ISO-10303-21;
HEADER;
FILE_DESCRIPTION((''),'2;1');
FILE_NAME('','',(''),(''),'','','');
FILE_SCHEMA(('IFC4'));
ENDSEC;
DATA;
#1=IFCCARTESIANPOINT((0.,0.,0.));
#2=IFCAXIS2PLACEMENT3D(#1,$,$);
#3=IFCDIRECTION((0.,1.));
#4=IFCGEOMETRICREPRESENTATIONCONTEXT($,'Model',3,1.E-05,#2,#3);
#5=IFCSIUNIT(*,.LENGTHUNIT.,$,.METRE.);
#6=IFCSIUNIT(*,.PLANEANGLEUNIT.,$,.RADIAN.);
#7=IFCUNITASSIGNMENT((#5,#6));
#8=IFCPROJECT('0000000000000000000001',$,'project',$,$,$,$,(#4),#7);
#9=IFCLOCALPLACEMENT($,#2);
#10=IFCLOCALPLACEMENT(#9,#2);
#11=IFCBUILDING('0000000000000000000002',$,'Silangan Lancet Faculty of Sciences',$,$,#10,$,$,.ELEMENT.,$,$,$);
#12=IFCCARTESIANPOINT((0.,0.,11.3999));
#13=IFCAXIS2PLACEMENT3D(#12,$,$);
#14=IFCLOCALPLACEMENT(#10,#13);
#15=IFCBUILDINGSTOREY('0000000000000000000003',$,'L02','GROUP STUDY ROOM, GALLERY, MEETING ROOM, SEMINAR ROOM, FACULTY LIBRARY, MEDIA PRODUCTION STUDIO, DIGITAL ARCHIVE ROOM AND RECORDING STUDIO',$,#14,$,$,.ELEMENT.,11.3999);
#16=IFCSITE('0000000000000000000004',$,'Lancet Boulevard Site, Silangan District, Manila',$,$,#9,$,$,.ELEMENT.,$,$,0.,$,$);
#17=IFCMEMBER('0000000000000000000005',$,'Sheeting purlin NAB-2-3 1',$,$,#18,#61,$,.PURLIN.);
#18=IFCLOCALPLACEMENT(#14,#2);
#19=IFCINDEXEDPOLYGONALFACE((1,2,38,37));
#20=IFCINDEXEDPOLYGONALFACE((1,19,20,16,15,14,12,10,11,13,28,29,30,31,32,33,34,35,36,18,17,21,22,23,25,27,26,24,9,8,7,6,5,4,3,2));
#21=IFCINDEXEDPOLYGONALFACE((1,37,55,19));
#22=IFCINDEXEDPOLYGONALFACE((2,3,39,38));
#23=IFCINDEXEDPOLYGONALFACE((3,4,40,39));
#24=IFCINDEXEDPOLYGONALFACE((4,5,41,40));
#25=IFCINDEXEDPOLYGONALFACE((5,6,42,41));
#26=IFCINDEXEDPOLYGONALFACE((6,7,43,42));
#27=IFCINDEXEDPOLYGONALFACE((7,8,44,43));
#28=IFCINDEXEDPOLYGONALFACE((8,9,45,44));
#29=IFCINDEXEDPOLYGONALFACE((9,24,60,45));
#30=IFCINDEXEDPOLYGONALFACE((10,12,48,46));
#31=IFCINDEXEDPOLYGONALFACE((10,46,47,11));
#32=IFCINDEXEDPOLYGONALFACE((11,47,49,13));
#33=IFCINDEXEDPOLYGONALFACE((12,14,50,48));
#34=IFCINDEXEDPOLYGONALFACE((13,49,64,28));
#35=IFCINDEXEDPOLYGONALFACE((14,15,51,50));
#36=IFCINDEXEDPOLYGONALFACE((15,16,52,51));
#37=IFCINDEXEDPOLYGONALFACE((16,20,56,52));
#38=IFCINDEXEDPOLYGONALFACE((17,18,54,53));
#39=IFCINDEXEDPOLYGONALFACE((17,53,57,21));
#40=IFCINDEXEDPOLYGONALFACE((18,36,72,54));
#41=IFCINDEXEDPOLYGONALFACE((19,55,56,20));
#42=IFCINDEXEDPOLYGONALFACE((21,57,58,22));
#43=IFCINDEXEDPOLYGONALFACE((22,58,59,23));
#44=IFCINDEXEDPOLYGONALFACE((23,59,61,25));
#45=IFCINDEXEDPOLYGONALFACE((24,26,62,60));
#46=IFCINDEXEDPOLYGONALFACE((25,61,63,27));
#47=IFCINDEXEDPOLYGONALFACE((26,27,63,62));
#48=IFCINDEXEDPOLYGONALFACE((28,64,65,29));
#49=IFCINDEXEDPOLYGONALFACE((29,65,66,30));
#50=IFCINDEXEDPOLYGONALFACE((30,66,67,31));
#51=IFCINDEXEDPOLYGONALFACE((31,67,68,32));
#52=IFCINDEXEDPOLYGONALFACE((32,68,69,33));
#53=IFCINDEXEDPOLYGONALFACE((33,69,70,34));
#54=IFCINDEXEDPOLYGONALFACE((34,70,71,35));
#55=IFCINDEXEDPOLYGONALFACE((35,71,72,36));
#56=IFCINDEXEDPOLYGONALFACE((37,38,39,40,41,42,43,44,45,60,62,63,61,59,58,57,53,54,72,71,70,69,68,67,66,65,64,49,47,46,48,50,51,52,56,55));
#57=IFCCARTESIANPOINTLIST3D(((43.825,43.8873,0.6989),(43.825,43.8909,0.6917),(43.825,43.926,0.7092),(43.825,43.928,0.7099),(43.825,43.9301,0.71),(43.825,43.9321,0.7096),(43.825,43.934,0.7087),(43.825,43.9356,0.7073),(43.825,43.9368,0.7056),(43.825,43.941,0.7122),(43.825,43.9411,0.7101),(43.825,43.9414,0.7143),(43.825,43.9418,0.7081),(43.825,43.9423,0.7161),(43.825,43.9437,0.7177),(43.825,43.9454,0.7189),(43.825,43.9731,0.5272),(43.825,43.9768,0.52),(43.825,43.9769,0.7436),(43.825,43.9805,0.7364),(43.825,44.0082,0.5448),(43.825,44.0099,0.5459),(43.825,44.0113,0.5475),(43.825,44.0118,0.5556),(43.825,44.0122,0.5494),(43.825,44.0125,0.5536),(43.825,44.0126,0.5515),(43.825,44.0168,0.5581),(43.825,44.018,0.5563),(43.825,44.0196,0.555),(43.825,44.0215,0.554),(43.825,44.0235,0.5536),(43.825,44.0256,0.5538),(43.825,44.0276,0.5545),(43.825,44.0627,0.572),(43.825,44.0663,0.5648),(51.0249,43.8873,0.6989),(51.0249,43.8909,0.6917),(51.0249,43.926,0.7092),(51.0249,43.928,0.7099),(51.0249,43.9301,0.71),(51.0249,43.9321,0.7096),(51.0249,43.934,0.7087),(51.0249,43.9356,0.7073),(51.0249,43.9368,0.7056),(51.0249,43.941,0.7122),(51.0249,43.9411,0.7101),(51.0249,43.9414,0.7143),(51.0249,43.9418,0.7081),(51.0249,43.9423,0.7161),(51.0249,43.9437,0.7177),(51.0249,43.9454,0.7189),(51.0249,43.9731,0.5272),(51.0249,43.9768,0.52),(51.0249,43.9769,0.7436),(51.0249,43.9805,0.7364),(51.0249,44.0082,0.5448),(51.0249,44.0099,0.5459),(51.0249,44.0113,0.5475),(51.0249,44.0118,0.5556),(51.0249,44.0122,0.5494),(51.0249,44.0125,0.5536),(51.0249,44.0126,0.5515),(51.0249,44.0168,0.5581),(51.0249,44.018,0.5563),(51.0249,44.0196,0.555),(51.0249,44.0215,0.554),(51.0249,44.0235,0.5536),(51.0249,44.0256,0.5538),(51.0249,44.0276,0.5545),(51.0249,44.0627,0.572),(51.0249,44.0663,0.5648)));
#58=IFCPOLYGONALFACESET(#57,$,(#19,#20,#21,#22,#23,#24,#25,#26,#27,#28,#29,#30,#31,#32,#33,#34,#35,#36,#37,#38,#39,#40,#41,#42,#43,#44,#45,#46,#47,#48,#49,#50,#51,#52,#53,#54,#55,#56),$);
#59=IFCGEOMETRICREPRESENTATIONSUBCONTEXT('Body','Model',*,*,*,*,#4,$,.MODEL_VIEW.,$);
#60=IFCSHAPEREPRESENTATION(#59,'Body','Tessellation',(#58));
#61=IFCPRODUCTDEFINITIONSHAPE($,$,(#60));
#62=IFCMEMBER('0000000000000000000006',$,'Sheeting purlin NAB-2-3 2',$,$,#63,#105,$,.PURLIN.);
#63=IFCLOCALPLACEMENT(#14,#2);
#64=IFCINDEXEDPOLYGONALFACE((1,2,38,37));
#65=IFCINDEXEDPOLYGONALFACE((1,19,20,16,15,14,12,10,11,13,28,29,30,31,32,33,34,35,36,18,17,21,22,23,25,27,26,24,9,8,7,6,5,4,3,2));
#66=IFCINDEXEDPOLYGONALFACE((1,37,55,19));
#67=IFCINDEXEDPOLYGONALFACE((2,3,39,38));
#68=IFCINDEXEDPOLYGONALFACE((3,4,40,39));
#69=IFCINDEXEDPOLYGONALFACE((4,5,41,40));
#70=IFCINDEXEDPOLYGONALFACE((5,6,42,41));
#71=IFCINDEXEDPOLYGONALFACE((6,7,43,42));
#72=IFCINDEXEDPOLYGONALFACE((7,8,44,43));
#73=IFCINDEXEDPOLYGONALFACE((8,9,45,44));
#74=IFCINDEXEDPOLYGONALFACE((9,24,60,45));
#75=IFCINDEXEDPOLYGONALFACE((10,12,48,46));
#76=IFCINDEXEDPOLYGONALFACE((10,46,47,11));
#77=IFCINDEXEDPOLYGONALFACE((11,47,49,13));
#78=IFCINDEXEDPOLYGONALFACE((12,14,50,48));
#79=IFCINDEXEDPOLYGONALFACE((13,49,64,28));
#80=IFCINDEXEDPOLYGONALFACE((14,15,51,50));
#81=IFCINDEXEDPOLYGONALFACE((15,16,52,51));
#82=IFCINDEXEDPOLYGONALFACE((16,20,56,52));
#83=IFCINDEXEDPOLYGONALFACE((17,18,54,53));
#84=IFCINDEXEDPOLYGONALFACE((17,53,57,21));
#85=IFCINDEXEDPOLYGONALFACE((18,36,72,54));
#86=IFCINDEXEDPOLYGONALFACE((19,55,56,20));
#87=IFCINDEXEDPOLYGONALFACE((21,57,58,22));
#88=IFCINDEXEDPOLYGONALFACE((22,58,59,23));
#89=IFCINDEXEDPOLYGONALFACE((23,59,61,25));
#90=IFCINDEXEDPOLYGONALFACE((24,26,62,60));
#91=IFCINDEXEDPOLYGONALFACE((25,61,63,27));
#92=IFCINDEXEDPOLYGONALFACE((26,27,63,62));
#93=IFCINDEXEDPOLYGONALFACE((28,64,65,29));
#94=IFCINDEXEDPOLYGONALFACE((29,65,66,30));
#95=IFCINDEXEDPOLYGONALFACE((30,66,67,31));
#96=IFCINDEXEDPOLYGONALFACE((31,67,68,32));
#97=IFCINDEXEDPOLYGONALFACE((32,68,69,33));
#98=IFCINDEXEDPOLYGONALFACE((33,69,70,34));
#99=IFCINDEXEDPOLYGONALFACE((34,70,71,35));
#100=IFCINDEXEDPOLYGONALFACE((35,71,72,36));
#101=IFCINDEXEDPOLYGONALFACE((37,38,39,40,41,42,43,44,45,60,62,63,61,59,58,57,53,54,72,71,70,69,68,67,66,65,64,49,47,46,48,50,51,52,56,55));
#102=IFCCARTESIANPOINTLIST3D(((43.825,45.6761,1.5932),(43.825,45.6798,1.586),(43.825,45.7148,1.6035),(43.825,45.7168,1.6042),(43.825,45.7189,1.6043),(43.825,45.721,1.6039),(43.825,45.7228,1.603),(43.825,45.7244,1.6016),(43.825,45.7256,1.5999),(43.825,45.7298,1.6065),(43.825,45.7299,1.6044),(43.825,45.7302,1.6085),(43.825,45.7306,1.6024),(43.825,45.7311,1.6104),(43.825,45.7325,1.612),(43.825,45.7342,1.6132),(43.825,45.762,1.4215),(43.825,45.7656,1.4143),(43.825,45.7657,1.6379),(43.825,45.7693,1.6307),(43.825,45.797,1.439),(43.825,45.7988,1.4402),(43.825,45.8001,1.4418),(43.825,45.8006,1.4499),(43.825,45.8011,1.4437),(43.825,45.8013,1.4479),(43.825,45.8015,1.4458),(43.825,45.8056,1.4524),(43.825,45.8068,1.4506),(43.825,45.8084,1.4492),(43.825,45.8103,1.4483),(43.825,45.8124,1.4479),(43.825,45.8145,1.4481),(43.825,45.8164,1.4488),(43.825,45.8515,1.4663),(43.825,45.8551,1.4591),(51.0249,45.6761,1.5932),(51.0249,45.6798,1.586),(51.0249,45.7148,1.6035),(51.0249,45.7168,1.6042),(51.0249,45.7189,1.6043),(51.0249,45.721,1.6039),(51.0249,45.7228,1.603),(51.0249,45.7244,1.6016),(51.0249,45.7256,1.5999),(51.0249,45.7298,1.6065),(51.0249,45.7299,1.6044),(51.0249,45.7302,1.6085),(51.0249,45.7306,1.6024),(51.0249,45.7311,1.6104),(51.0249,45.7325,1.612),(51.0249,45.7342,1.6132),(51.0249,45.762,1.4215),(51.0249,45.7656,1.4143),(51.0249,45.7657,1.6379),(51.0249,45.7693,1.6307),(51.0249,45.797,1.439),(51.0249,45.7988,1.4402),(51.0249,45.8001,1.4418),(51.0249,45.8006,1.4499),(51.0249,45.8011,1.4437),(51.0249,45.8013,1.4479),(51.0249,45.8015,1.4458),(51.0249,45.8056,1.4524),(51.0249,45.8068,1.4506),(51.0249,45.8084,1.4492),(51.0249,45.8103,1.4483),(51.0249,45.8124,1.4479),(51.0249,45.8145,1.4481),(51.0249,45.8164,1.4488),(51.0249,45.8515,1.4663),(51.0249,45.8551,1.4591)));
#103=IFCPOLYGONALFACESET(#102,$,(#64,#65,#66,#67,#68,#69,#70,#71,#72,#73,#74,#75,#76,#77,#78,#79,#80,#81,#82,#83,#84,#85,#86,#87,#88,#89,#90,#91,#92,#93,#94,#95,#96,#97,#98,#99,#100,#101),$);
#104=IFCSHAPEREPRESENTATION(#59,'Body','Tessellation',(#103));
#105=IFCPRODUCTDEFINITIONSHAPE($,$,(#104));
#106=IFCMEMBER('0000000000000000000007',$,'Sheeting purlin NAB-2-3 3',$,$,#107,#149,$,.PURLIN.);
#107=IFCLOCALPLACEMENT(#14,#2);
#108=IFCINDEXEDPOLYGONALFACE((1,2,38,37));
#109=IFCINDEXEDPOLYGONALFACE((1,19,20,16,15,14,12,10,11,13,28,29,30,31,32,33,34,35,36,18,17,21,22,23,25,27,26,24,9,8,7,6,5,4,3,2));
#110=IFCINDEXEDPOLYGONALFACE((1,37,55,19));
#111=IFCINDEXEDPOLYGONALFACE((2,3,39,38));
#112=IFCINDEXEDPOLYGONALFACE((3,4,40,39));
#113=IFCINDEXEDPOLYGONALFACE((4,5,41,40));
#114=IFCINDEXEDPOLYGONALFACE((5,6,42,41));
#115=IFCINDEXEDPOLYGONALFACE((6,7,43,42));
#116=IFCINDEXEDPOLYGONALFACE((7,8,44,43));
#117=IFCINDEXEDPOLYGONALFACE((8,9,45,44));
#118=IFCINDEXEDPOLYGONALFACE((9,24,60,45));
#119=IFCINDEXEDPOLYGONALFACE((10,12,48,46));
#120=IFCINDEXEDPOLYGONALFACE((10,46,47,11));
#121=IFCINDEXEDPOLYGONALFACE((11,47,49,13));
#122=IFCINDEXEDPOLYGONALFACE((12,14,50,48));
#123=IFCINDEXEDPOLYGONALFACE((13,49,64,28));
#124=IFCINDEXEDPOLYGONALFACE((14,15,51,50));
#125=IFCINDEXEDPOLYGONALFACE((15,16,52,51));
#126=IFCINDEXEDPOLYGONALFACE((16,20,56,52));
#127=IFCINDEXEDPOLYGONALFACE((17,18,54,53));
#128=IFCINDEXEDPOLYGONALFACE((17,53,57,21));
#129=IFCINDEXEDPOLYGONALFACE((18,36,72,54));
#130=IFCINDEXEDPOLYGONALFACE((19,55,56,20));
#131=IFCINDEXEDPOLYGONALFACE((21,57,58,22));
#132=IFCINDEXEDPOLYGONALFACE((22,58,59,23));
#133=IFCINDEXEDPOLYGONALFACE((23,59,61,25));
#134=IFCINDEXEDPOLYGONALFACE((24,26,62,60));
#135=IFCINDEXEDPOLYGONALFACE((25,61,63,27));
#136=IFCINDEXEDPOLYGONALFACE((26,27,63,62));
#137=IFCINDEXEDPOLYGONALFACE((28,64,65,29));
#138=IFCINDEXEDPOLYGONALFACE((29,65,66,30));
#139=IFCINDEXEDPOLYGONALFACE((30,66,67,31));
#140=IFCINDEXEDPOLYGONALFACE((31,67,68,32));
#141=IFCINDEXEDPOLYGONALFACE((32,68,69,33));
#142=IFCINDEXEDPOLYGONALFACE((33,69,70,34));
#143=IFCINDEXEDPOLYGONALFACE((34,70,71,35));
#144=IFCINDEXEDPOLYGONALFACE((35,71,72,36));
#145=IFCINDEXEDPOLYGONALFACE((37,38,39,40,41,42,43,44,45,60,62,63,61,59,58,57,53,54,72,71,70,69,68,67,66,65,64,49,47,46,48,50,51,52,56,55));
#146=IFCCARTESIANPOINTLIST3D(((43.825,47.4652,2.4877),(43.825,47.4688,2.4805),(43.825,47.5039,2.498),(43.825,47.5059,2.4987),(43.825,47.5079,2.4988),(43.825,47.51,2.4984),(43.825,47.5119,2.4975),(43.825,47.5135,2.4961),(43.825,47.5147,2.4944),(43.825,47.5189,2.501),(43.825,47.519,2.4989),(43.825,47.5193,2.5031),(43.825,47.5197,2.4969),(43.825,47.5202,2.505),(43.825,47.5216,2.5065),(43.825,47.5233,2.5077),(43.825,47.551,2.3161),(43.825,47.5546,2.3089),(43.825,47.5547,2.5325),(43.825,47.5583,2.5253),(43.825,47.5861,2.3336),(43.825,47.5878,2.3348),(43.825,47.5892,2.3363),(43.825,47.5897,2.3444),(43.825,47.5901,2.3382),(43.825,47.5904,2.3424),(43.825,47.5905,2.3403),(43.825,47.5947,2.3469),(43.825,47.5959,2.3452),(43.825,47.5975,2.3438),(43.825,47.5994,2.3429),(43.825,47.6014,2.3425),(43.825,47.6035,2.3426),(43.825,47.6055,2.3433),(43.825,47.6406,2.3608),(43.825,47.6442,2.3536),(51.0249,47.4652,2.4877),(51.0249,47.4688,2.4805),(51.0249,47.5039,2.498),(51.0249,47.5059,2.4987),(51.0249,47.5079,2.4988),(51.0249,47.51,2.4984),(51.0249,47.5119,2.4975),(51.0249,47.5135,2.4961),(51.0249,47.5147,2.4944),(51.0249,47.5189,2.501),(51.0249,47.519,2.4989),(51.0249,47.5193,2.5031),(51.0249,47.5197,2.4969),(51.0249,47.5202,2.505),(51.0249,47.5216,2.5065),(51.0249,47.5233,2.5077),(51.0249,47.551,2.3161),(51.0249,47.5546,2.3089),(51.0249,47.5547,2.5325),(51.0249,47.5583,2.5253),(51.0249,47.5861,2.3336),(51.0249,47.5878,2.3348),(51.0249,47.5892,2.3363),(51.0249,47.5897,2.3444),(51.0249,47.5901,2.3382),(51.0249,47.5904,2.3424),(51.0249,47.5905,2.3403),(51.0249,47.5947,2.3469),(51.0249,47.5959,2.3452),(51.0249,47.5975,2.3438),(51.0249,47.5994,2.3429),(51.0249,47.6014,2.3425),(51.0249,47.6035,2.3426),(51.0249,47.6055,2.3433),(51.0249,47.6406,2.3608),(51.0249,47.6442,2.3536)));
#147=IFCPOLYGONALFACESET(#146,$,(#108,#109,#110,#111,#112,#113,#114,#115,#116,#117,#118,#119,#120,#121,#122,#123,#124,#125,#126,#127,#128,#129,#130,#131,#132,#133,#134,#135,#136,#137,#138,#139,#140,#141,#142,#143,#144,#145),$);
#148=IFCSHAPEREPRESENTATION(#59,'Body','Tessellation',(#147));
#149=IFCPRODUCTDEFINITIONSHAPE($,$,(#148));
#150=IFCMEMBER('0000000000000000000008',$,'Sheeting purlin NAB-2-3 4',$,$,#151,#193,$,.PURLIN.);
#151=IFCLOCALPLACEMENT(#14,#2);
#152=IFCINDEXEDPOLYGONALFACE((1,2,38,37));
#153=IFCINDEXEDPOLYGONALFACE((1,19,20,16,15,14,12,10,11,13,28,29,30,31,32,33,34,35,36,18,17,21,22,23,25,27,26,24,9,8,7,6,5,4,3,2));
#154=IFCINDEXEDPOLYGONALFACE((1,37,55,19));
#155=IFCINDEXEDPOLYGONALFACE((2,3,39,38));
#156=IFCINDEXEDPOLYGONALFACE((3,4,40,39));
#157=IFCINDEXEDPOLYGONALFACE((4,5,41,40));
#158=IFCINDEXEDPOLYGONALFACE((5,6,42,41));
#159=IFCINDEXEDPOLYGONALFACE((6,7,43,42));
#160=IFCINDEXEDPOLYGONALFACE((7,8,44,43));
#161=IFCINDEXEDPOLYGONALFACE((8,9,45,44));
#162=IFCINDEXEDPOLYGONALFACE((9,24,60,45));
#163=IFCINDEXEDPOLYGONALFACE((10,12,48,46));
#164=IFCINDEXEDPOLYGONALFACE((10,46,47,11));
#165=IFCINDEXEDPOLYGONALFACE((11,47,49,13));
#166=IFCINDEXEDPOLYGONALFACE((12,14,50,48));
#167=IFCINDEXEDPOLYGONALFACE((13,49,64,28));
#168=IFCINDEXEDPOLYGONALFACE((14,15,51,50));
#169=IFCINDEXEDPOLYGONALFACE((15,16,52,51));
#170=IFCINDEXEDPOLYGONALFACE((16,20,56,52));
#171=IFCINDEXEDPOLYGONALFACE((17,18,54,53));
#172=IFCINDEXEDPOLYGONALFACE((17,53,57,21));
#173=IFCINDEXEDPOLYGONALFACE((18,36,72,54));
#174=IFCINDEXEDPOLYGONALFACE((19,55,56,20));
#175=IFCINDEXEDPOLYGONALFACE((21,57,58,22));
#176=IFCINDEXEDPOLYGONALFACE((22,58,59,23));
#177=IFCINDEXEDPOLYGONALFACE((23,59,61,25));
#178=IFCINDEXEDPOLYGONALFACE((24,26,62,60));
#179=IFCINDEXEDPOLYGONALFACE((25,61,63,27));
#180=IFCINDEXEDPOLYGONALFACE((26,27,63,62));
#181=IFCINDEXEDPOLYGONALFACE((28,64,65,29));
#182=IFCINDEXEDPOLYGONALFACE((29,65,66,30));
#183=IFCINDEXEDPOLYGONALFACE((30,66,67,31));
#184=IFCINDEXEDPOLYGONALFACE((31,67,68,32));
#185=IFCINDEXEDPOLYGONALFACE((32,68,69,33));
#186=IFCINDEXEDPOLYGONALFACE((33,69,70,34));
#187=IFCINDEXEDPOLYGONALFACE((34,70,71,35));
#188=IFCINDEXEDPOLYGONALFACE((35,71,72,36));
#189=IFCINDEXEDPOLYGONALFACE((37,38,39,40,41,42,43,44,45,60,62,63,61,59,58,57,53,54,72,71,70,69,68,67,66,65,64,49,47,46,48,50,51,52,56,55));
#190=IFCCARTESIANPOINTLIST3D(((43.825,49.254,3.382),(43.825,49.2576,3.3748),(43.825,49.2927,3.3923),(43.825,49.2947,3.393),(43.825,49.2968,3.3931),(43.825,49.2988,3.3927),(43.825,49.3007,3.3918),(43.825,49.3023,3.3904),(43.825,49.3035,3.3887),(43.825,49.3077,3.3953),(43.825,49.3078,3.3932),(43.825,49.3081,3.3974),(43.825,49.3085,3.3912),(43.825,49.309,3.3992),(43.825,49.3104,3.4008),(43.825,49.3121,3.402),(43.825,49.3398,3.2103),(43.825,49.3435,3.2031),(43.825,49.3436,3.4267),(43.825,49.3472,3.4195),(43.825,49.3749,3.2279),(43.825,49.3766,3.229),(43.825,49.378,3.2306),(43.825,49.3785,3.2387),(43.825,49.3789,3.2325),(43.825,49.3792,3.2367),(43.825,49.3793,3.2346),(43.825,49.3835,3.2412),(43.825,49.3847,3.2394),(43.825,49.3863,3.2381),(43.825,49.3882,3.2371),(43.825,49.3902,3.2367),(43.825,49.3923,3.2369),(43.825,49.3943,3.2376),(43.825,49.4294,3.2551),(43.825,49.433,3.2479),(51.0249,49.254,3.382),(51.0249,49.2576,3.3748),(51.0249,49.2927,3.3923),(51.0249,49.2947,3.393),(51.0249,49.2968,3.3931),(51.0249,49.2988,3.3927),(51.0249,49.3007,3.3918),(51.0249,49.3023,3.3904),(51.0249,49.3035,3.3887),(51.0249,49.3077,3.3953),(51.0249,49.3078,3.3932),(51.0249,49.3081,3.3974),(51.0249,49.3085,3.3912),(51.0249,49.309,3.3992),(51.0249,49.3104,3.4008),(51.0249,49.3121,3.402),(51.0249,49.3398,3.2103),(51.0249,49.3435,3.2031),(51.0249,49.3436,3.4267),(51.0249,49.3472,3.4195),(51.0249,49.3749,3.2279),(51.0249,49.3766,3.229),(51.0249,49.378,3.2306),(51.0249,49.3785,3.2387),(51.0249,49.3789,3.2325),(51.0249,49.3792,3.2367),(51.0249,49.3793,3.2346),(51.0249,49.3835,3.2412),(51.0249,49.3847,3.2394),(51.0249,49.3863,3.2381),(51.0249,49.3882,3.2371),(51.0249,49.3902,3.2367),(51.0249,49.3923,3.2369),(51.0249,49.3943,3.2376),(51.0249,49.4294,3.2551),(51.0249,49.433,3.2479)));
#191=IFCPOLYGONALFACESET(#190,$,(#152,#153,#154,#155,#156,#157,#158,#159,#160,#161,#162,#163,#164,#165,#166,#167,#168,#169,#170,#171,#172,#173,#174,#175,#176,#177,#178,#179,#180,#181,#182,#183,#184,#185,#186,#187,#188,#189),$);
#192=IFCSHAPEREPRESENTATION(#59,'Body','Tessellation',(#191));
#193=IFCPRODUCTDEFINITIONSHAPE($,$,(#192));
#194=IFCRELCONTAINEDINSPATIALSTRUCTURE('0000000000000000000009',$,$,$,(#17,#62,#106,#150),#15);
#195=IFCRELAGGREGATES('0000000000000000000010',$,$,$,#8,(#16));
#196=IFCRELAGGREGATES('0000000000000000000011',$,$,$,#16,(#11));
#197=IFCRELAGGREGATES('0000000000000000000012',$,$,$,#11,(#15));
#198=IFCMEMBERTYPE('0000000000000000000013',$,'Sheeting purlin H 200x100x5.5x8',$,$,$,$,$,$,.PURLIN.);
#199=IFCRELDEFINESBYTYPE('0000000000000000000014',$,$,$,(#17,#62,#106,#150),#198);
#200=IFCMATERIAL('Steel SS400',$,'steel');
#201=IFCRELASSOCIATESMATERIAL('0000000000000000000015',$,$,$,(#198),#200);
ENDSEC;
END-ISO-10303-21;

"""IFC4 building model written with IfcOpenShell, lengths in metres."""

from ifc_helpers import new_model, si_unit, direction, frame, origin, origin_2d, place, context, subcontext, project, spatial, i_section, extrude, material, material_profile, profile_set, type_object, element, save


model = new_model("IFC4")

# Units and contexts
model_context = context("Model", 3, precision=1e-05, world=origin(), true_north=direction((0.0, 1.0)))
body_context = subcontext(model_context, "Body", "Model", "MODEL_VIEW")
ifc_project = project(units=[si_unit("LENGTHUNIT", "METRE"), si_unit("PLANEANGLEUNIT", "RADIAN")], contexts=[model_context])

# Site, building, storey
site_placement = place(None, origin())
site = spatial("IfcSite", under=ifc_project, at=site_placement, Name="Lancet Boulevard Site, Silangan District, Manila", CompositionType="ELEMENT", RefElevation=0.0)
building_placement = place(site_placement, origin())
building = spatial("IfcBuilding", under=site, at=building_placement, Name="Silangan Lancet Faculty of Sciences", CompositionType="ELEMENT")
storey_placement = place(building_placement, frame((0.0, 0.0, 11.3999)))
storey = spatial("IfcBuildingStorey", under=building, at=storey_placement, Name="L02", Description="GROUP STUDY ROOM, GALLERY, MEETING ROOM, SEMINAR ROOM, FACULTY LIBRARY, MEDIA PRODUCTION STUDIO, DIGITAL ARCHIVE ROOM AND RECORDING STUDIO", CompositionType="ELEMENT", Elevation=11.3999)

# Members
ifc_material_1 = material(Name="Steel SS400", Category="steel")
ifc_material_profile_1 = material_profile(ifc_material_1, i_section(OverallWidth=0.1001, OverallDepth=0.2, WebThickness=0.0056, FlangeThickness=0.0081, FilletRadius=0.0081, at=origin_2d()), Name="H 200x100x5.5x8")
ifc_profile_set_1 = profile_set([ifc_material_profile_1], Name="Steel SS400")
member_type_1 = type_object("IfcMemberType", Name="Sheeting purlin H 200x100x5.5x8", PredefinedType="PURLIN", material=ifc_profile_set_1)
for number, where, z_axis, x_axis, name in (
    (1, (43.825, 43.9768, 0.6318), (1.0, 0.0, 0.0), (0.0, 0.894427, 0.447214), "Sheeting purlin NAB-2-3 1"),
    (2, (43.825, 45.7656, 1.5261), (1.0, 0.0, 0.0), (0.0, 0.894427, 0.447214), "Sheeting purlin NAB-2-3 2"),
    (3, (43.825, 47.5547, 2.4207), (1.0, 0.0, 0.0), (0.0, 0.894427, 0.447214), "Sheeting purlin NAB-2-3 3"),
    (4, (43.825, 49.3435, 3.3149), (1.0, 0.0, 0.0), (0.0, 0.894427, 0.447214), "Sheeting purlin NAB-2-3 4"),
):
    element("IfcMember", number, at=place(storey_placement, frame(where, z_axis=z_axis, x_axis=x_axis)), inside=storey, type_object=member_type_1, Name=name, PredefinedType="PURLIN", context=body_context, shape_type="SweptSolid", body=[
        extrude(i_section(OverallWidth=0.1001, OverallDepth=0.2, WebThickness=0.0056, FlangeThickness=0.0081, FilletRadius=0.0081, at=origin_2d()), origin(), (0.0, 0.0, 1.0), 7.2),
    ])

save(model, "model.ifc")
